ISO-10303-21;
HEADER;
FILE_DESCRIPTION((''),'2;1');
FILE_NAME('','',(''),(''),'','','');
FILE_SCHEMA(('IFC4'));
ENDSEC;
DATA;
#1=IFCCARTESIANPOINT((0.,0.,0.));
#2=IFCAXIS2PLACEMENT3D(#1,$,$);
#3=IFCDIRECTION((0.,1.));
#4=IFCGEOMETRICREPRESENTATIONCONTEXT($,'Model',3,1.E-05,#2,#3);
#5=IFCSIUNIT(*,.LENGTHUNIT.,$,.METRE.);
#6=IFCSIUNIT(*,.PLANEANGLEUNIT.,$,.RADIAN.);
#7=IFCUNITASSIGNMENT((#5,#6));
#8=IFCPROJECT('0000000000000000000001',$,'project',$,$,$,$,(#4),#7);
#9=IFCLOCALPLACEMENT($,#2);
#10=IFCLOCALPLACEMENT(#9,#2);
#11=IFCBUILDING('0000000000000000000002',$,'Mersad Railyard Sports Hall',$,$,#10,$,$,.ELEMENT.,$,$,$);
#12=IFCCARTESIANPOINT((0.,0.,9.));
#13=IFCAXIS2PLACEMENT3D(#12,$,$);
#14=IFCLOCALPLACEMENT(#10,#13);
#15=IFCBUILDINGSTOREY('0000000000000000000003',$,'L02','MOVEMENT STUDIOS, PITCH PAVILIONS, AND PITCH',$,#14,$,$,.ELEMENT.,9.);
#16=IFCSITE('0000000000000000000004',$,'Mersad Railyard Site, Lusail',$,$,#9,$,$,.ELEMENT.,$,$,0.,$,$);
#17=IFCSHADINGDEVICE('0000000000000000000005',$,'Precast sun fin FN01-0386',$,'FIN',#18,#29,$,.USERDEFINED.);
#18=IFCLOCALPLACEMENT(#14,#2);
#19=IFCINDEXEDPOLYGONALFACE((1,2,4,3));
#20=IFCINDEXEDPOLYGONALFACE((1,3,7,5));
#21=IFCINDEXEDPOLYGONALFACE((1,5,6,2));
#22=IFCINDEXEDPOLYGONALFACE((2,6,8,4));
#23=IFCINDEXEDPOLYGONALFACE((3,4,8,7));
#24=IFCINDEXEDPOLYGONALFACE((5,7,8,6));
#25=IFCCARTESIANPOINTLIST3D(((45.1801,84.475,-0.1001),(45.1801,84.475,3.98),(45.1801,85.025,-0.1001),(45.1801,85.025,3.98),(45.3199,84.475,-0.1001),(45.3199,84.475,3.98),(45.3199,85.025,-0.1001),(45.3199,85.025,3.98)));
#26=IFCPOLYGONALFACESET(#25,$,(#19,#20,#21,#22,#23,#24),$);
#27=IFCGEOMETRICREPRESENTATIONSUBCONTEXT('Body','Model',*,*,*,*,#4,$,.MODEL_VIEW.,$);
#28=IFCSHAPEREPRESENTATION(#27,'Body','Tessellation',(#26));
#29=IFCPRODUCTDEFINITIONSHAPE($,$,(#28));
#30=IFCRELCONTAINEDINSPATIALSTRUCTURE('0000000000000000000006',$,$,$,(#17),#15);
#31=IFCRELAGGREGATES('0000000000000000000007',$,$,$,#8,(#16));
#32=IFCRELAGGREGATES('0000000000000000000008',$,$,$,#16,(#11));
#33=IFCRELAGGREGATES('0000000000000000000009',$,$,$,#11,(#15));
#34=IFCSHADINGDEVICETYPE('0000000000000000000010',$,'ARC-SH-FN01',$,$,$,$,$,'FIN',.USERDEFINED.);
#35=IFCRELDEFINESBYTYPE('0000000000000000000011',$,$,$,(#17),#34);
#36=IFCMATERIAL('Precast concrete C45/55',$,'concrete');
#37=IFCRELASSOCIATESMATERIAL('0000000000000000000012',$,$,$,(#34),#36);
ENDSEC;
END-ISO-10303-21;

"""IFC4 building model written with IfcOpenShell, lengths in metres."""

from ifc_helpers import new_model, si_unit, direction, frame, origin, origin_2d, place, context, subcontext, project, spatial, rectangle, extrude, material, type_object, element, save


model = new_model("IFC4")

# Units and contexts
model_context = context("Model", 3, precision=1e-05, world=origin(), true_north=direction((0.0, 1.0)))
body_context = subcontext(model_context, "Body", "Model", "MODEL_VIEW")
ifc_project = project(units=[si_unit("LENGTHUNIT", "METRE"), si_unit("PLANEANGLEUNIT", "RADIAN")], contexts=[model_context])

# Site, building, storey
site_placement = place(None, origin())
site = spatial("IfcSite", under=ifc_project, at=site_placement, Name="Mersad Railyard Site, Lusail", CompositionType="ELEMENT", RefElevation=0.0)
building_placement = place(site_placement, origin())
building = spatial("IfcBuilding", under=site, at=building_placement, Name="Mersad Railyard Sports Hall", CompositionType="ELEMENT")
storey_placement = place(building_placement, frame((0.0, 0.0, 9.0)))
storey = spatial("IfcBuildingStorey", under=building, at=storey_placement, Name="L02", Description="MOVEMENT STUDIOS, PITCH PAVILIONS, AND PITCH", CompositionType="ELEMENT", Elevation=9.0)

# Shading device
ifc_material_1 = material(Name="Precast concrete C45/55", Category="concrete")
shading_device_type = type_object("IfcShadingDeviceType", Name="ARC-SH-FN01", ElementType="FIN", PredefinedType="USERDEFINED", material=ifc_material_1)
for number, where, z_axis, x_axis, name in (
    (1, (45.25, 84.75, -0.1001), (0.0, 0.0, 1.0), (1.0, 0.0, 0.0), "Precast sun fin FN01-0386"),
):
    element("IfcShadingDevice", number, at=place(storey_placement, frame(where, z_axis=z_axis, x_axis=x_axis)), inside=storey, type_object=shading_device_type, Name=name, ObjectType="FIN", PredefinedType="USERDEFINED", context=body_context, shape_type="SweptSolid", body=[
        extrude(rectangle(XDim=0.1399, YDim=0.55, at=origin_2d()), origin(), (0.0, 0.0, 1.0), 4.0801),
    ])

save(model, "model.ifc")
